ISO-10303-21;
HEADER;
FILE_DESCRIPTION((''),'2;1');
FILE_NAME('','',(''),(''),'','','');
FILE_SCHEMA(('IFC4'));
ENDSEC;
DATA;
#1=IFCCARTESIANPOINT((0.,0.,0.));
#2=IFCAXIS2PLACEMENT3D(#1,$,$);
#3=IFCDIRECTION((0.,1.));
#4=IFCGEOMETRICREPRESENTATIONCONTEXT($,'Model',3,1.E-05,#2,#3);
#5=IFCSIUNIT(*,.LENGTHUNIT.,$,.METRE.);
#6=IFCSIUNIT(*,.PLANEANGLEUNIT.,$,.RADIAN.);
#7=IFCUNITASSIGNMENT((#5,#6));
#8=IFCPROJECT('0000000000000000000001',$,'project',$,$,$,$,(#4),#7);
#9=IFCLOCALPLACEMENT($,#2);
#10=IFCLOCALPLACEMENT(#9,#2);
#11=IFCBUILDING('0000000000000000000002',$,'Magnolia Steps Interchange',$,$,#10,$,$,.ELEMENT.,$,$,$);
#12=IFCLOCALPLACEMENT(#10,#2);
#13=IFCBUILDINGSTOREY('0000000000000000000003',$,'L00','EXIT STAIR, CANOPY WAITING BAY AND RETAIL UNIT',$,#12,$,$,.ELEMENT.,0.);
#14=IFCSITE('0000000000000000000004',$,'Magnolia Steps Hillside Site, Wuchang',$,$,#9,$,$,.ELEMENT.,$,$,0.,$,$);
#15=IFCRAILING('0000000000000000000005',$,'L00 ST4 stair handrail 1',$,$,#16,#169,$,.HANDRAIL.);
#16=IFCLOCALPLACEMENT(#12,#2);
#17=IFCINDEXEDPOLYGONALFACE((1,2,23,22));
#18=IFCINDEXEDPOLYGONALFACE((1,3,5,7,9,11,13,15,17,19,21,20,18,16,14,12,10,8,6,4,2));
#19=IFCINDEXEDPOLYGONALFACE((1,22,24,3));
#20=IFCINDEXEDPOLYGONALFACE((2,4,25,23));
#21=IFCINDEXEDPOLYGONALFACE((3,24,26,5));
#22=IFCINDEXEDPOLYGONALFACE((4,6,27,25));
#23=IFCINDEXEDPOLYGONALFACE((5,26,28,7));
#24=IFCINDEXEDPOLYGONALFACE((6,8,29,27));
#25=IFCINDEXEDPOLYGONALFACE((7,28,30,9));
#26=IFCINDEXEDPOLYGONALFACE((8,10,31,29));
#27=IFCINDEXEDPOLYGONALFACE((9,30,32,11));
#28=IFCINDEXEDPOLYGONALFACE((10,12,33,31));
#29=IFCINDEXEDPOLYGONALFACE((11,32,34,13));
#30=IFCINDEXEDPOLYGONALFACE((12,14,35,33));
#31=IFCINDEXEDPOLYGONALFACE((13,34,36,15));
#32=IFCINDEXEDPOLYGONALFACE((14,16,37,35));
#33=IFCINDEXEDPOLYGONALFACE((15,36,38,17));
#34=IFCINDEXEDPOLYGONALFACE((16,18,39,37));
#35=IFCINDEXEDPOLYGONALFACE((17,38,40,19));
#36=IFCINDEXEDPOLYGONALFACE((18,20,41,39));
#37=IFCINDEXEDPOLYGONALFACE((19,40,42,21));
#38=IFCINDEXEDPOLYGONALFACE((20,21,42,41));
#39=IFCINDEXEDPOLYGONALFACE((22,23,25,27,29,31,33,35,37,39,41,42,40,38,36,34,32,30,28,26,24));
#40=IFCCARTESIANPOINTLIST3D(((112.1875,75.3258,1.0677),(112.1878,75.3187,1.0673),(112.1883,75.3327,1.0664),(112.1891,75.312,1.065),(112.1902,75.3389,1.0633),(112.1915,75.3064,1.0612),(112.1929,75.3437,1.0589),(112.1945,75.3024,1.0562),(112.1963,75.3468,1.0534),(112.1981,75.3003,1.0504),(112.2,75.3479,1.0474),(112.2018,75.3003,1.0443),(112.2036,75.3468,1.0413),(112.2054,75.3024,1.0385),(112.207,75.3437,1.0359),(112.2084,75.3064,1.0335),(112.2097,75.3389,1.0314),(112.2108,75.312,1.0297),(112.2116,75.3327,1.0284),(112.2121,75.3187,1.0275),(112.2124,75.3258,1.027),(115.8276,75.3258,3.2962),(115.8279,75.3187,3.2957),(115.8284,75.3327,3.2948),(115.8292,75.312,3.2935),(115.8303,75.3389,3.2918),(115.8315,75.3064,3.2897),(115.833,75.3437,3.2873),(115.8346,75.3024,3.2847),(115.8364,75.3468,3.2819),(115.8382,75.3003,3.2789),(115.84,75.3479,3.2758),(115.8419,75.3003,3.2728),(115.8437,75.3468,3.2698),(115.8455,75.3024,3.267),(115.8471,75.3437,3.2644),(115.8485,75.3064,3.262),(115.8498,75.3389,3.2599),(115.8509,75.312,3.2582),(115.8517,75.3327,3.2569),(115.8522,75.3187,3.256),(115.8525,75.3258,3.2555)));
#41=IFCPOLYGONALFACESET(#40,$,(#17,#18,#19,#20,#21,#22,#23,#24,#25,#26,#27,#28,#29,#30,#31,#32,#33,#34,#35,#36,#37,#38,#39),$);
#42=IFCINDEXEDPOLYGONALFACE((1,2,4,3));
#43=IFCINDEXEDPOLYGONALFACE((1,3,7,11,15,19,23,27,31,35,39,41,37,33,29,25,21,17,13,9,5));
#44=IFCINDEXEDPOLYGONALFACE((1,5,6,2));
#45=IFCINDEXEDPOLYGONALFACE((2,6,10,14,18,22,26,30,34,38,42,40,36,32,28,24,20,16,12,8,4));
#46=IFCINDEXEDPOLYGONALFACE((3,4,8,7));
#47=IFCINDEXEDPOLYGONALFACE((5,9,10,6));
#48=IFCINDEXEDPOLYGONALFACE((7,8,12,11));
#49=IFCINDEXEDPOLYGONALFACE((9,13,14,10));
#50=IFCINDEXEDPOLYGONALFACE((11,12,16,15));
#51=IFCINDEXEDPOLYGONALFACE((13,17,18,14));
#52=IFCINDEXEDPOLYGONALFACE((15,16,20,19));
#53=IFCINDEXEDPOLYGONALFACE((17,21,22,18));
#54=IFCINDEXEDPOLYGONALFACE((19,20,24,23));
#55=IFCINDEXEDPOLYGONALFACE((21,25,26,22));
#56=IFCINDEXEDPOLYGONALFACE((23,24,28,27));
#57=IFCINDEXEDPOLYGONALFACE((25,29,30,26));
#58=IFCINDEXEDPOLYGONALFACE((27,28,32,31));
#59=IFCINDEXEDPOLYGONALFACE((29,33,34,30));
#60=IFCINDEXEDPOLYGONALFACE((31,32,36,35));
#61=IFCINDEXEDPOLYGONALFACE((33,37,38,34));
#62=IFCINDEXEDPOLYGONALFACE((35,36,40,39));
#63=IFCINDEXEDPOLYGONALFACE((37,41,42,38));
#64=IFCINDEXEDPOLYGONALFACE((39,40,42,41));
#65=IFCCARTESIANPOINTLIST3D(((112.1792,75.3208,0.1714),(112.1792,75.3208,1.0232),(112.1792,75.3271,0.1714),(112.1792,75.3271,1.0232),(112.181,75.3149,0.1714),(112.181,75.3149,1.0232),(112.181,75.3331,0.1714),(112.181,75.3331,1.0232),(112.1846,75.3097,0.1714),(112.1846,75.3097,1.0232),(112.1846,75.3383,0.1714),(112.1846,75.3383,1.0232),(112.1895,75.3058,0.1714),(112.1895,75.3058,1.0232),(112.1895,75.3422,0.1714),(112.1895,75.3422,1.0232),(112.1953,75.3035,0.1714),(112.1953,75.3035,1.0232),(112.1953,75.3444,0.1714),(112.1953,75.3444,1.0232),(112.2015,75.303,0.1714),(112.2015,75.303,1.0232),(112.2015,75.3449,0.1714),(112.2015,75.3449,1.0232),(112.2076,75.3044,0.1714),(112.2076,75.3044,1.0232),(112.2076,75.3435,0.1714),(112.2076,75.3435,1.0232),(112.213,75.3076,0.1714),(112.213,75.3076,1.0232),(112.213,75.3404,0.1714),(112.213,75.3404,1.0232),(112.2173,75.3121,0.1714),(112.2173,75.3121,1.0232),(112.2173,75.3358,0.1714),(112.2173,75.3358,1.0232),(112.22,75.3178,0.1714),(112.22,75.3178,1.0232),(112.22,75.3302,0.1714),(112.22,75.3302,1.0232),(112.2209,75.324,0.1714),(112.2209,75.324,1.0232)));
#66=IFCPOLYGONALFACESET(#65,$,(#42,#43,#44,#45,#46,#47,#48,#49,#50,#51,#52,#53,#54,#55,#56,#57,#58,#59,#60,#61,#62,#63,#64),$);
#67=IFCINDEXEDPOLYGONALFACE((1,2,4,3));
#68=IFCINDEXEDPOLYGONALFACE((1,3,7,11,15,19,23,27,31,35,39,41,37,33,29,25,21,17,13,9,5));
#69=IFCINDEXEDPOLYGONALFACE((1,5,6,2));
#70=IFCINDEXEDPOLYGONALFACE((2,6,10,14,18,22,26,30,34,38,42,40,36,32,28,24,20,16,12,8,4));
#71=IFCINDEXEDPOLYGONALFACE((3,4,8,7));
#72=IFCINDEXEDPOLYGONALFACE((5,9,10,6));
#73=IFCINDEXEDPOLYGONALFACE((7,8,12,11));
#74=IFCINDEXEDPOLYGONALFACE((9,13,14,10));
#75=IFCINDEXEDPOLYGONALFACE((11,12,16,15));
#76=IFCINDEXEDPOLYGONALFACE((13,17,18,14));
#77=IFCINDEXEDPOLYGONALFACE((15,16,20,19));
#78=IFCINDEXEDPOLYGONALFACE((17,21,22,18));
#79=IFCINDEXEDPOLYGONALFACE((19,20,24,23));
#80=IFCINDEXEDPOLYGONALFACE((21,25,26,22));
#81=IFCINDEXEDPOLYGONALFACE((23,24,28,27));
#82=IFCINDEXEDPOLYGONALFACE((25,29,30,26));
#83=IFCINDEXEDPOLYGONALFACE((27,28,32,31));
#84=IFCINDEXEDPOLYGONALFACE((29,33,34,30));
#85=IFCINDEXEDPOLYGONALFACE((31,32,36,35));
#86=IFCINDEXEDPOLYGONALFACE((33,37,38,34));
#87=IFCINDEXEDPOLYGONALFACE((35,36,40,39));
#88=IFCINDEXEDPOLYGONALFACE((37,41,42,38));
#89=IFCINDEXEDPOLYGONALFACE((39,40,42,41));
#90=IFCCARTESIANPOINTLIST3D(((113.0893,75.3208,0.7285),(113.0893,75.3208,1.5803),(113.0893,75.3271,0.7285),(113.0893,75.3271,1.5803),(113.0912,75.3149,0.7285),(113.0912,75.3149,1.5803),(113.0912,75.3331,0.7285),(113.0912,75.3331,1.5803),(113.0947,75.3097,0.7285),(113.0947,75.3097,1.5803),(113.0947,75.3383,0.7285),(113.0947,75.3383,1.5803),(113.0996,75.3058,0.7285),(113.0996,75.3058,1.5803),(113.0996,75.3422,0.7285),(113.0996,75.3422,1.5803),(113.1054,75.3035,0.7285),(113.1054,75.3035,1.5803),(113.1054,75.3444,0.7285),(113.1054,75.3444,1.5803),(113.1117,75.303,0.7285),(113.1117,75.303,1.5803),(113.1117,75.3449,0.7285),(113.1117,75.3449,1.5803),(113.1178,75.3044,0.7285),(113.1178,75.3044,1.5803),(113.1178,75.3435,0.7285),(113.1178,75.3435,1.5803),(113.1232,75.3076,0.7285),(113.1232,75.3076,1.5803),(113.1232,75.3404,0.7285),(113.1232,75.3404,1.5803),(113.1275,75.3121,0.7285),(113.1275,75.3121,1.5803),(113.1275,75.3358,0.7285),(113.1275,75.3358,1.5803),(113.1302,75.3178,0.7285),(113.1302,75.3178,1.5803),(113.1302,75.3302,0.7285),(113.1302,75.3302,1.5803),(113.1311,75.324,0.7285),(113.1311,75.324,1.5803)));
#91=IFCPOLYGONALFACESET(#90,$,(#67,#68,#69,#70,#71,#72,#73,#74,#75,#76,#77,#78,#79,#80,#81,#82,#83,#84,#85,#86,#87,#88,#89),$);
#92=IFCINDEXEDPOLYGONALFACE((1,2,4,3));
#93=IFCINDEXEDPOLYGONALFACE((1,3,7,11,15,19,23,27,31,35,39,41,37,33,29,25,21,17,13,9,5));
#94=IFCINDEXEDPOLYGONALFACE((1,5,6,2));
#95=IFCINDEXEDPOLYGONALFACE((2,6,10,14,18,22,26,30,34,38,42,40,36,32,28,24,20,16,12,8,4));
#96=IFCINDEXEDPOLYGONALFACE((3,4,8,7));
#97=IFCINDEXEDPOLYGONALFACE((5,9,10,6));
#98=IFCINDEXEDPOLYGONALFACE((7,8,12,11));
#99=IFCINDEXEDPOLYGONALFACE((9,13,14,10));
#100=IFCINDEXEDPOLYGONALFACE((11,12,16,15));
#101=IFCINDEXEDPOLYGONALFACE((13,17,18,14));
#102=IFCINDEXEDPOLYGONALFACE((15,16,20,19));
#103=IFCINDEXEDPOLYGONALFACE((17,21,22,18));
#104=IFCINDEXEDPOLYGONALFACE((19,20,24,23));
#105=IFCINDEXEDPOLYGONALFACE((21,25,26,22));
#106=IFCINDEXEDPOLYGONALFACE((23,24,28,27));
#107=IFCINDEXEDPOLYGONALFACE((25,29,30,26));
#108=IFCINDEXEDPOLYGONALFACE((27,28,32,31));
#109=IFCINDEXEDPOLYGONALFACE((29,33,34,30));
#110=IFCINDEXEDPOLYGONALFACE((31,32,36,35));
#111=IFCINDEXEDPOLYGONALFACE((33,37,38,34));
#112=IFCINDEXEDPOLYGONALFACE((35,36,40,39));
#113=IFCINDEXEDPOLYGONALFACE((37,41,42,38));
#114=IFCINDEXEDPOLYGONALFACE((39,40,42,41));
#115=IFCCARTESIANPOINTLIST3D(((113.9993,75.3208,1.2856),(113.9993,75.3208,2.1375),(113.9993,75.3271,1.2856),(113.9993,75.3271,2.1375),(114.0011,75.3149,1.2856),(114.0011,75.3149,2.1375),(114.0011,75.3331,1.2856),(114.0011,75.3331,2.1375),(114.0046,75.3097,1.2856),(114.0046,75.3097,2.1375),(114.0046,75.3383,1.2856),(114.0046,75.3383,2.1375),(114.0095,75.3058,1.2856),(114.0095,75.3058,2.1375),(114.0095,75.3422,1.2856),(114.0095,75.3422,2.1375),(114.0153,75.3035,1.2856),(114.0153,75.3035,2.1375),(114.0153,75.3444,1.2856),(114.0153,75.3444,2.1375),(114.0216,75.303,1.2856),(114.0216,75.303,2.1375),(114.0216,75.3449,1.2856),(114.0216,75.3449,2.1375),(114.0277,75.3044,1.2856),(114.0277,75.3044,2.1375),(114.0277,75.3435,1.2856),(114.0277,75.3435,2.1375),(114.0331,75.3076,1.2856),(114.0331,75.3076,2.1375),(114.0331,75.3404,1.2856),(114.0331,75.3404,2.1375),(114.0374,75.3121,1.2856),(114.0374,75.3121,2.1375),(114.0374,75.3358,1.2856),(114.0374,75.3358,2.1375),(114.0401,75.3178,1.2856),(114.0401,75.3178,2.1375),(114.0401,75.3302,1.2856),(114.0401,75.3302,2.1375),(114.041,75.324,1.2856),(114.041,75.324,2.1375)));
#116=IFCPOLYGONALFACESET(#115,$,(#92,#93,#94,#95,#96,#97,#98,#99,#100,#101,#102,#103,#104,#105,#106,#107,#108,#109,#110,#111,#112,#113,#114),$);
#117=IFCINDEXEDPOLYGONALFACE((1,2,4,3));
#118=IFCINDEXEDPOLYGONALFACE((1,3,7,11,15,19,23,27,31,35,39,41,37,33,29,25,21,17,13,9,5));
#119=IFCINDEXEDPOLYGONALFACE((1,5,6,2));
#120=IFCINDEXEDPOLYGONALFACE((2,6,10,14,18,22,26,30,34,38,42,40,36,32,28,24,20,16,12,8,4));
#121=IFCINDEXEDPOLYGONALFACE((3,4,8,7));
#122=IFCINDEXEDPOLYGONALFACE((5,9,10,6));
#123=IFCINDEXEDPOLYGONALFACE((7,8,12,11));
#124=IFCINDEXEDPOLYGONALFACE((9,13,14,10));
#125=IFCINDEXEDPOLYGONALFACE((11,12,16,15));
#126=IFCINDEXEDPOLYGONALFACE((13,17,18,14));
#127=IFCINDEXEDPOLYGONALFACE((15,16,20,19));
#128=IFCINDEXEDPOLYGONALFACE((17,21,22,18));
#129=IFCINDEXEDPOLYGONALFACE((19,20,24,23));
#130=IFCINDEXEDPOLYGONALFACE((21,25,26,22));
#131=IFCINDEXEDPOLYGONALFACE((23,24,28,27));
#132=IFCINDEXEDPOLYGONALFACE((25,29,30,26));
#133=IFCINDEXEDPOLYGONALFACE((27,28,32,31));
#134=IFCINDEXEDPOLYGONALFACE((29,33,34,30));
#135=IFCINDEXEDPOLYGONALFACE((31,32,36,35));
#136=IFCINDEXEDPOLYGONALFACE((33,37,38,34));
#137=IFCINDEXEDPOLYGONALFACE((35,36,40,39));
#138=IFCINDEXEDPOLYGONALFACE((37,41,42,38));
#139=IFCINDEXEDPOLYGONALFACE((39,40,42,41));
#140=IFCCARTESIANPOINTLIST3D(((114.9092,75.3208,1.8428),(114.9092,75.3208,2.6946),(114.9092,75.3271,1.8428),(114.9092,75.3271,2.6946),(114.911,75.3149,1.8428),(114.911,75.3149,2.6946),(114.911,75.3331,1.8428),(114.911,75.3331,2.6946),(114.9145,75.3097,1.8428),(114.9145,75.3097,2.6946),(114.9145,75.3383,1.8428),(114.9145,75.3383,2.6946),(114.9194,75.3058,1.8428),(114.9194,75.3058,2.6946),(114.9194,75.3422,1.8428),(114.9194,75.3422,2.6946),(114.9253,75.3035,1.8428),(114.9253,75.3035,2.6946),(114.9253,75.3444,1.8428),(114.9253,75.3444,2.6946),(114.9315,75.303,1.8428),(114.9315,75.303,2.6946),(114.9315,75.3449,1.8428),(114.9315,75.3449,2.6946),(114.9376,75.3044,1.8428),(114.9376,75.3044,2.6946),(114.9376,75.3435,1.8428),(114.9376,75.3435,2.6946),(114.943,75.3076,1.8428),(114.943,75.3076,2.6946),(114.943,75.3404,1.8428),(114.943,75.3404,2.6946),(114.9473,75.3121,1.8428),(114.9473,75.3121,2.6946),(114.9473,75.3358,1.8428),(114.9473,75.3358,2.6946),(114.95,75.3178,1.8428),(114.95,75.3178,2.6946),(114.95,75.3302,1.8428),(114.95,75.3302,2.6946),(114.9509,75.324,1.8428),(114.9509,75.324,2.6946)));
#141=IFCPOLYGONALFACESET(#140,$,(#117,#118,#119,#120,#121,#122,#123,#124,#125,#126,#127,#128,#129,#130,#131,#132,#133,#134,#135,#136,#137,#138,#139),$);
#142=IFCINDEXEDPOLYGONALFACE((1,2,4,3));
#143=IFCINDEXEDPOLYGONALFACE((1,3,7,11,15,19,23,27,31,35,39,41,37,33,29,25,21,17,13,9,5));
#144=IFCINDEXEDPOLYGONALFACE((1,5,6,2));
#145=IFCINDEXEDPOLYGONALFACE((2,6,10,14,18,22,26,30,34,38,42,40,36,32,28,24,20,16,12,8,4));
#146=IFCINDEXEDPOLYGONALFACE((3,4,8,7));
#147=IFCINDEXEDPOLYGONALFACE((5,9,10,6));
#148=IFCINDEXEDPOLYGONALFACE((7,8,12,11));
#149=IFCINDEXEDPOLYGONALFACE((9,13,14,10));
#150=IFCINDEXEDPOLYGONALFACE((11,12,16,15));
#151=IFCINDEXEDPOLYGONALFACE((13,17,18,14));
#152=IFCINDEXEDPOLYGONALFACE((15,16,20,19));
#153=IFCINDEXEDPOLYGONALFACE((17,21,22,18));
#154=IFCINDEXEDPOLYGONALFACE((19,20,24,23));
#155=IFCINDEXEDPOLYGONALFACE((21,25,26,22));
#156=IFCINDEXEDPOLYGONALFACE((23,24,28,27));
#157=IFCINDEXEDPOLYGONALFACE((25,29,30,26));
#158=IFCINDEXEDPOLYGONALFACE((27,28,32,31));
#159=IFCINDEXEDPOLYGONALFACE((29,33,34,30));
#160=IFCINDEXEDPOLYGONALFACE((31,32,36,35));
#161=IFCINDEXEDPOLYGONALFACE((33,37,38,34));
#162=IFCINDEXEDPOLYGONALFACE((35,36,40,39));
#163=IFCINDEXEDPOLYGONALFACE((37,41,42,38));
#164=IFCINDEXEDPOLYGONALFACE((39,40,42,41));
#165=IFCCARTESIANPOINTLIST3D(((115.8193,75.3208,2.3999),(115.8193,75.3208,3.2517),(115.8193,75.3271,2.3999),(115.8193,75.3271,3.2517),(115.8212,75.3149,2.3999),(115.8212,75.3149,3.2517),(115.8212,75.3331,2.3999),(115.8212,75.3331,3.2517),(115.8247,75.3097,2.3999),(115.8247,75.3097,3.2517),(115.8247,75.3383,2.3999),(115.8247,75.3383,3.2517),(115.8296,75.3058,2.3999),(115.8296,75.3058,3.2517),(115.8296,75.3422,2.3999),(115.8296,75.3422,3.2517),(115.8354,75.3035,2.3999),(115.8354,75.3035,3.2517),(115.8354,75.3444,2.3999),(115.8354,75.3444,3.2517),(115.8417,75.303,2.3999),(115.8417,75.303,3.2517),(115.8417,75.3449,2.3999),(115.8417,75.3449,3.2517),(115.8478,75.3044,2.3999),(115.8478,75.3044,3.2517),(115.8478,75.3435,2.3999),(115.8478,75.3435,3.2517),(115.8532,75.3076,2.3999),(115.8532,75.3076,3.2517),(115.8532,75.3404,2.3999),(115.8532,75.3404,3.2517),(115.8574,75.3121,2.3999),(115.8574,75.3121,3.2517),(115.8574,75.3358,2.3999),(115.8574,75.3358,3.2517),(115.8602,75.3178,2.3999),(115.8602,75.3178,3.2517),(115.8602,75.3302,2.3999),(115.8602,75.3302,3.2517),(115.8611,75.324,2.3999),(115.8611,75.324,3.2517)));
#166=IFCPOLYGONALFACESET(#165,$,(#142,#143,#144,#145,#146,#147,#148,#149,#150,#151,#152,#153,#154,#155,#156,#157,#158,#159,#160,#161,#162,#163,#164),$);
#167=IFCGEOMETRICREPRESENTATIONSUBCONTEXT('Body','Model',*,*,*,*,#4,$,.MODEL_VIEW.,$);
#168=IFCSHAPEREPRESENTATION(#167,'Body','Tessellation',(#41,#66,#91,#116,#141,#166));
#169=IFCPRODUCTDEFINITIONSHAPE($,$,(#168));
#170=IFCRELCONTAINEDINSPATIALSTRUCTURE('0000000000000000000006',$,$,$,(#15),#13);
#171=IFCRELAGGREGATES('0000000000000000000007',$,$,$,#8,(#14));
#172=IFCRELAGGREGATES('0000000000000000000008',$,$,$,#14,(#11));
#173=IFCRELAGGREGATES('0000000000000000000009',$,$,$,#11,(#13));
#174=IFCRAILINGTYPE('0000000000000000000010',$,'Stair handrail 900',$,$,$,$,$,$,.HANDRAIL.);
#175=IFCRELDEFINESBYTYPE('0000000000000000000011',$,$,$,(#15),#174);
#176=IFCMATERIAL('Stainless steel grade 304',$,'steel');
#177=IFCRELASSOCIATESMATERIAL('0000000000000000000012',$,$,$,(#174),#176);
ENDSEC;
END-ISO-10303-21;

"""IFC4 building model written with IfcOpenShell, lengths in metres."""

from ifc_helpers import new_model, si_unit, direction, frame, origin, origin_2d, place, context, subcontext, project, spatial, circle, extrude, material, type_object, element, save


model = new_model("IFC4")

# Units and contexts
model_context = context("Model", 3, precision=1e-05, world=origin(), true_north=direction((0.0, 1.0)))
body_context = subcontext(model_context, "Body", "Model", "MODEL_VIEW")
ifc_project = project(units=[si_unit("LENGTHUNIT", "METRE"), si_unit("PLANEANGLEUNIT", "RADIAN")], contexts=[model_context])

# Site, building, storey
site_placement = place(None, origin())
site = spatial("IfcSite", under=ifc_project, at=site_placement, Name="Magnolia Steps Hillside Site, Wuchang", CompositionType="ELEMENT", RefElevation=0.0)
building_placement = place(site_placement, origin())
building = spatial("IfcBuilding", under=site, at=building_placement, Name="Magnolia Steps Interchange", CompositionType="ELEMENT")
storey_placement = place(building_placement, origin())
storey = spatial("IfcBuildingStorey", under=building, at=storey_placement, Name="L00", Description="EXIT STAIR, CANOPY WAITING BAY AND RETAIL UNIT", CompositionType="ELEMENT", Elevation=0.0)

# Railing
ifc_material_1 = material(Name="Stainless steel grade 304", Category="steel")
railing_type_1 = type_object("IfcRailingType", Name="Stair handrail 900", PredefinedType="HANDRAIL", material=ifc_material_1)
for number, where, name in (
    (1, (112.2, 75.324, 0.1714), "L00 ST4 stair handrail 1"),
):
    element("IfcRailing", number, at=place(storey_placement, frame(where)), inside=storey, type_object=railing_type_1, Name=name, PredefinedType="HANDRAIL", context=body_context, shape_type="SweptSolid", body=[
        extrude(circle(Radius=0.0239, at=origin_2d()), frame((0.0, 0.0, 0.876), z_axis=(0.852866, 0.0, 0.52213), x_axis=(0.0, 1.0, 0.0)), (0.0, 0.0, 1.0), 4.2681),
        extrude(circle(Radius=0.021, at=origin_2d()), origin(), (0.0, 0.0, 1.0), 0.8518),
        extrude(circle(Radius=0.021, at=origin_2d()), frame((0.9102, 0.0, 0.5571)), (0.0, 0.0, 1.0), 0.8518),
        extrude(circle(Radius=0.021, at=origin_2d()), frame((1.8201, 0.0, 1.1143)), (0.0, 0.0, 1.0), 0.8518),
        extrude(circle(Radius=0.021, at=origin_2d()), frame((2.73, 0.0, 1.6714)), (0.0, 0.0, 1.0), 0.8518),
        extrude(circle(Radius=0.021, at=origin_2d()), frame((3.6401, 0.0, 2.2285)), (0.0, 0.0, 1.0), 0.8518),
    ])

save(model, "model.ifc")
